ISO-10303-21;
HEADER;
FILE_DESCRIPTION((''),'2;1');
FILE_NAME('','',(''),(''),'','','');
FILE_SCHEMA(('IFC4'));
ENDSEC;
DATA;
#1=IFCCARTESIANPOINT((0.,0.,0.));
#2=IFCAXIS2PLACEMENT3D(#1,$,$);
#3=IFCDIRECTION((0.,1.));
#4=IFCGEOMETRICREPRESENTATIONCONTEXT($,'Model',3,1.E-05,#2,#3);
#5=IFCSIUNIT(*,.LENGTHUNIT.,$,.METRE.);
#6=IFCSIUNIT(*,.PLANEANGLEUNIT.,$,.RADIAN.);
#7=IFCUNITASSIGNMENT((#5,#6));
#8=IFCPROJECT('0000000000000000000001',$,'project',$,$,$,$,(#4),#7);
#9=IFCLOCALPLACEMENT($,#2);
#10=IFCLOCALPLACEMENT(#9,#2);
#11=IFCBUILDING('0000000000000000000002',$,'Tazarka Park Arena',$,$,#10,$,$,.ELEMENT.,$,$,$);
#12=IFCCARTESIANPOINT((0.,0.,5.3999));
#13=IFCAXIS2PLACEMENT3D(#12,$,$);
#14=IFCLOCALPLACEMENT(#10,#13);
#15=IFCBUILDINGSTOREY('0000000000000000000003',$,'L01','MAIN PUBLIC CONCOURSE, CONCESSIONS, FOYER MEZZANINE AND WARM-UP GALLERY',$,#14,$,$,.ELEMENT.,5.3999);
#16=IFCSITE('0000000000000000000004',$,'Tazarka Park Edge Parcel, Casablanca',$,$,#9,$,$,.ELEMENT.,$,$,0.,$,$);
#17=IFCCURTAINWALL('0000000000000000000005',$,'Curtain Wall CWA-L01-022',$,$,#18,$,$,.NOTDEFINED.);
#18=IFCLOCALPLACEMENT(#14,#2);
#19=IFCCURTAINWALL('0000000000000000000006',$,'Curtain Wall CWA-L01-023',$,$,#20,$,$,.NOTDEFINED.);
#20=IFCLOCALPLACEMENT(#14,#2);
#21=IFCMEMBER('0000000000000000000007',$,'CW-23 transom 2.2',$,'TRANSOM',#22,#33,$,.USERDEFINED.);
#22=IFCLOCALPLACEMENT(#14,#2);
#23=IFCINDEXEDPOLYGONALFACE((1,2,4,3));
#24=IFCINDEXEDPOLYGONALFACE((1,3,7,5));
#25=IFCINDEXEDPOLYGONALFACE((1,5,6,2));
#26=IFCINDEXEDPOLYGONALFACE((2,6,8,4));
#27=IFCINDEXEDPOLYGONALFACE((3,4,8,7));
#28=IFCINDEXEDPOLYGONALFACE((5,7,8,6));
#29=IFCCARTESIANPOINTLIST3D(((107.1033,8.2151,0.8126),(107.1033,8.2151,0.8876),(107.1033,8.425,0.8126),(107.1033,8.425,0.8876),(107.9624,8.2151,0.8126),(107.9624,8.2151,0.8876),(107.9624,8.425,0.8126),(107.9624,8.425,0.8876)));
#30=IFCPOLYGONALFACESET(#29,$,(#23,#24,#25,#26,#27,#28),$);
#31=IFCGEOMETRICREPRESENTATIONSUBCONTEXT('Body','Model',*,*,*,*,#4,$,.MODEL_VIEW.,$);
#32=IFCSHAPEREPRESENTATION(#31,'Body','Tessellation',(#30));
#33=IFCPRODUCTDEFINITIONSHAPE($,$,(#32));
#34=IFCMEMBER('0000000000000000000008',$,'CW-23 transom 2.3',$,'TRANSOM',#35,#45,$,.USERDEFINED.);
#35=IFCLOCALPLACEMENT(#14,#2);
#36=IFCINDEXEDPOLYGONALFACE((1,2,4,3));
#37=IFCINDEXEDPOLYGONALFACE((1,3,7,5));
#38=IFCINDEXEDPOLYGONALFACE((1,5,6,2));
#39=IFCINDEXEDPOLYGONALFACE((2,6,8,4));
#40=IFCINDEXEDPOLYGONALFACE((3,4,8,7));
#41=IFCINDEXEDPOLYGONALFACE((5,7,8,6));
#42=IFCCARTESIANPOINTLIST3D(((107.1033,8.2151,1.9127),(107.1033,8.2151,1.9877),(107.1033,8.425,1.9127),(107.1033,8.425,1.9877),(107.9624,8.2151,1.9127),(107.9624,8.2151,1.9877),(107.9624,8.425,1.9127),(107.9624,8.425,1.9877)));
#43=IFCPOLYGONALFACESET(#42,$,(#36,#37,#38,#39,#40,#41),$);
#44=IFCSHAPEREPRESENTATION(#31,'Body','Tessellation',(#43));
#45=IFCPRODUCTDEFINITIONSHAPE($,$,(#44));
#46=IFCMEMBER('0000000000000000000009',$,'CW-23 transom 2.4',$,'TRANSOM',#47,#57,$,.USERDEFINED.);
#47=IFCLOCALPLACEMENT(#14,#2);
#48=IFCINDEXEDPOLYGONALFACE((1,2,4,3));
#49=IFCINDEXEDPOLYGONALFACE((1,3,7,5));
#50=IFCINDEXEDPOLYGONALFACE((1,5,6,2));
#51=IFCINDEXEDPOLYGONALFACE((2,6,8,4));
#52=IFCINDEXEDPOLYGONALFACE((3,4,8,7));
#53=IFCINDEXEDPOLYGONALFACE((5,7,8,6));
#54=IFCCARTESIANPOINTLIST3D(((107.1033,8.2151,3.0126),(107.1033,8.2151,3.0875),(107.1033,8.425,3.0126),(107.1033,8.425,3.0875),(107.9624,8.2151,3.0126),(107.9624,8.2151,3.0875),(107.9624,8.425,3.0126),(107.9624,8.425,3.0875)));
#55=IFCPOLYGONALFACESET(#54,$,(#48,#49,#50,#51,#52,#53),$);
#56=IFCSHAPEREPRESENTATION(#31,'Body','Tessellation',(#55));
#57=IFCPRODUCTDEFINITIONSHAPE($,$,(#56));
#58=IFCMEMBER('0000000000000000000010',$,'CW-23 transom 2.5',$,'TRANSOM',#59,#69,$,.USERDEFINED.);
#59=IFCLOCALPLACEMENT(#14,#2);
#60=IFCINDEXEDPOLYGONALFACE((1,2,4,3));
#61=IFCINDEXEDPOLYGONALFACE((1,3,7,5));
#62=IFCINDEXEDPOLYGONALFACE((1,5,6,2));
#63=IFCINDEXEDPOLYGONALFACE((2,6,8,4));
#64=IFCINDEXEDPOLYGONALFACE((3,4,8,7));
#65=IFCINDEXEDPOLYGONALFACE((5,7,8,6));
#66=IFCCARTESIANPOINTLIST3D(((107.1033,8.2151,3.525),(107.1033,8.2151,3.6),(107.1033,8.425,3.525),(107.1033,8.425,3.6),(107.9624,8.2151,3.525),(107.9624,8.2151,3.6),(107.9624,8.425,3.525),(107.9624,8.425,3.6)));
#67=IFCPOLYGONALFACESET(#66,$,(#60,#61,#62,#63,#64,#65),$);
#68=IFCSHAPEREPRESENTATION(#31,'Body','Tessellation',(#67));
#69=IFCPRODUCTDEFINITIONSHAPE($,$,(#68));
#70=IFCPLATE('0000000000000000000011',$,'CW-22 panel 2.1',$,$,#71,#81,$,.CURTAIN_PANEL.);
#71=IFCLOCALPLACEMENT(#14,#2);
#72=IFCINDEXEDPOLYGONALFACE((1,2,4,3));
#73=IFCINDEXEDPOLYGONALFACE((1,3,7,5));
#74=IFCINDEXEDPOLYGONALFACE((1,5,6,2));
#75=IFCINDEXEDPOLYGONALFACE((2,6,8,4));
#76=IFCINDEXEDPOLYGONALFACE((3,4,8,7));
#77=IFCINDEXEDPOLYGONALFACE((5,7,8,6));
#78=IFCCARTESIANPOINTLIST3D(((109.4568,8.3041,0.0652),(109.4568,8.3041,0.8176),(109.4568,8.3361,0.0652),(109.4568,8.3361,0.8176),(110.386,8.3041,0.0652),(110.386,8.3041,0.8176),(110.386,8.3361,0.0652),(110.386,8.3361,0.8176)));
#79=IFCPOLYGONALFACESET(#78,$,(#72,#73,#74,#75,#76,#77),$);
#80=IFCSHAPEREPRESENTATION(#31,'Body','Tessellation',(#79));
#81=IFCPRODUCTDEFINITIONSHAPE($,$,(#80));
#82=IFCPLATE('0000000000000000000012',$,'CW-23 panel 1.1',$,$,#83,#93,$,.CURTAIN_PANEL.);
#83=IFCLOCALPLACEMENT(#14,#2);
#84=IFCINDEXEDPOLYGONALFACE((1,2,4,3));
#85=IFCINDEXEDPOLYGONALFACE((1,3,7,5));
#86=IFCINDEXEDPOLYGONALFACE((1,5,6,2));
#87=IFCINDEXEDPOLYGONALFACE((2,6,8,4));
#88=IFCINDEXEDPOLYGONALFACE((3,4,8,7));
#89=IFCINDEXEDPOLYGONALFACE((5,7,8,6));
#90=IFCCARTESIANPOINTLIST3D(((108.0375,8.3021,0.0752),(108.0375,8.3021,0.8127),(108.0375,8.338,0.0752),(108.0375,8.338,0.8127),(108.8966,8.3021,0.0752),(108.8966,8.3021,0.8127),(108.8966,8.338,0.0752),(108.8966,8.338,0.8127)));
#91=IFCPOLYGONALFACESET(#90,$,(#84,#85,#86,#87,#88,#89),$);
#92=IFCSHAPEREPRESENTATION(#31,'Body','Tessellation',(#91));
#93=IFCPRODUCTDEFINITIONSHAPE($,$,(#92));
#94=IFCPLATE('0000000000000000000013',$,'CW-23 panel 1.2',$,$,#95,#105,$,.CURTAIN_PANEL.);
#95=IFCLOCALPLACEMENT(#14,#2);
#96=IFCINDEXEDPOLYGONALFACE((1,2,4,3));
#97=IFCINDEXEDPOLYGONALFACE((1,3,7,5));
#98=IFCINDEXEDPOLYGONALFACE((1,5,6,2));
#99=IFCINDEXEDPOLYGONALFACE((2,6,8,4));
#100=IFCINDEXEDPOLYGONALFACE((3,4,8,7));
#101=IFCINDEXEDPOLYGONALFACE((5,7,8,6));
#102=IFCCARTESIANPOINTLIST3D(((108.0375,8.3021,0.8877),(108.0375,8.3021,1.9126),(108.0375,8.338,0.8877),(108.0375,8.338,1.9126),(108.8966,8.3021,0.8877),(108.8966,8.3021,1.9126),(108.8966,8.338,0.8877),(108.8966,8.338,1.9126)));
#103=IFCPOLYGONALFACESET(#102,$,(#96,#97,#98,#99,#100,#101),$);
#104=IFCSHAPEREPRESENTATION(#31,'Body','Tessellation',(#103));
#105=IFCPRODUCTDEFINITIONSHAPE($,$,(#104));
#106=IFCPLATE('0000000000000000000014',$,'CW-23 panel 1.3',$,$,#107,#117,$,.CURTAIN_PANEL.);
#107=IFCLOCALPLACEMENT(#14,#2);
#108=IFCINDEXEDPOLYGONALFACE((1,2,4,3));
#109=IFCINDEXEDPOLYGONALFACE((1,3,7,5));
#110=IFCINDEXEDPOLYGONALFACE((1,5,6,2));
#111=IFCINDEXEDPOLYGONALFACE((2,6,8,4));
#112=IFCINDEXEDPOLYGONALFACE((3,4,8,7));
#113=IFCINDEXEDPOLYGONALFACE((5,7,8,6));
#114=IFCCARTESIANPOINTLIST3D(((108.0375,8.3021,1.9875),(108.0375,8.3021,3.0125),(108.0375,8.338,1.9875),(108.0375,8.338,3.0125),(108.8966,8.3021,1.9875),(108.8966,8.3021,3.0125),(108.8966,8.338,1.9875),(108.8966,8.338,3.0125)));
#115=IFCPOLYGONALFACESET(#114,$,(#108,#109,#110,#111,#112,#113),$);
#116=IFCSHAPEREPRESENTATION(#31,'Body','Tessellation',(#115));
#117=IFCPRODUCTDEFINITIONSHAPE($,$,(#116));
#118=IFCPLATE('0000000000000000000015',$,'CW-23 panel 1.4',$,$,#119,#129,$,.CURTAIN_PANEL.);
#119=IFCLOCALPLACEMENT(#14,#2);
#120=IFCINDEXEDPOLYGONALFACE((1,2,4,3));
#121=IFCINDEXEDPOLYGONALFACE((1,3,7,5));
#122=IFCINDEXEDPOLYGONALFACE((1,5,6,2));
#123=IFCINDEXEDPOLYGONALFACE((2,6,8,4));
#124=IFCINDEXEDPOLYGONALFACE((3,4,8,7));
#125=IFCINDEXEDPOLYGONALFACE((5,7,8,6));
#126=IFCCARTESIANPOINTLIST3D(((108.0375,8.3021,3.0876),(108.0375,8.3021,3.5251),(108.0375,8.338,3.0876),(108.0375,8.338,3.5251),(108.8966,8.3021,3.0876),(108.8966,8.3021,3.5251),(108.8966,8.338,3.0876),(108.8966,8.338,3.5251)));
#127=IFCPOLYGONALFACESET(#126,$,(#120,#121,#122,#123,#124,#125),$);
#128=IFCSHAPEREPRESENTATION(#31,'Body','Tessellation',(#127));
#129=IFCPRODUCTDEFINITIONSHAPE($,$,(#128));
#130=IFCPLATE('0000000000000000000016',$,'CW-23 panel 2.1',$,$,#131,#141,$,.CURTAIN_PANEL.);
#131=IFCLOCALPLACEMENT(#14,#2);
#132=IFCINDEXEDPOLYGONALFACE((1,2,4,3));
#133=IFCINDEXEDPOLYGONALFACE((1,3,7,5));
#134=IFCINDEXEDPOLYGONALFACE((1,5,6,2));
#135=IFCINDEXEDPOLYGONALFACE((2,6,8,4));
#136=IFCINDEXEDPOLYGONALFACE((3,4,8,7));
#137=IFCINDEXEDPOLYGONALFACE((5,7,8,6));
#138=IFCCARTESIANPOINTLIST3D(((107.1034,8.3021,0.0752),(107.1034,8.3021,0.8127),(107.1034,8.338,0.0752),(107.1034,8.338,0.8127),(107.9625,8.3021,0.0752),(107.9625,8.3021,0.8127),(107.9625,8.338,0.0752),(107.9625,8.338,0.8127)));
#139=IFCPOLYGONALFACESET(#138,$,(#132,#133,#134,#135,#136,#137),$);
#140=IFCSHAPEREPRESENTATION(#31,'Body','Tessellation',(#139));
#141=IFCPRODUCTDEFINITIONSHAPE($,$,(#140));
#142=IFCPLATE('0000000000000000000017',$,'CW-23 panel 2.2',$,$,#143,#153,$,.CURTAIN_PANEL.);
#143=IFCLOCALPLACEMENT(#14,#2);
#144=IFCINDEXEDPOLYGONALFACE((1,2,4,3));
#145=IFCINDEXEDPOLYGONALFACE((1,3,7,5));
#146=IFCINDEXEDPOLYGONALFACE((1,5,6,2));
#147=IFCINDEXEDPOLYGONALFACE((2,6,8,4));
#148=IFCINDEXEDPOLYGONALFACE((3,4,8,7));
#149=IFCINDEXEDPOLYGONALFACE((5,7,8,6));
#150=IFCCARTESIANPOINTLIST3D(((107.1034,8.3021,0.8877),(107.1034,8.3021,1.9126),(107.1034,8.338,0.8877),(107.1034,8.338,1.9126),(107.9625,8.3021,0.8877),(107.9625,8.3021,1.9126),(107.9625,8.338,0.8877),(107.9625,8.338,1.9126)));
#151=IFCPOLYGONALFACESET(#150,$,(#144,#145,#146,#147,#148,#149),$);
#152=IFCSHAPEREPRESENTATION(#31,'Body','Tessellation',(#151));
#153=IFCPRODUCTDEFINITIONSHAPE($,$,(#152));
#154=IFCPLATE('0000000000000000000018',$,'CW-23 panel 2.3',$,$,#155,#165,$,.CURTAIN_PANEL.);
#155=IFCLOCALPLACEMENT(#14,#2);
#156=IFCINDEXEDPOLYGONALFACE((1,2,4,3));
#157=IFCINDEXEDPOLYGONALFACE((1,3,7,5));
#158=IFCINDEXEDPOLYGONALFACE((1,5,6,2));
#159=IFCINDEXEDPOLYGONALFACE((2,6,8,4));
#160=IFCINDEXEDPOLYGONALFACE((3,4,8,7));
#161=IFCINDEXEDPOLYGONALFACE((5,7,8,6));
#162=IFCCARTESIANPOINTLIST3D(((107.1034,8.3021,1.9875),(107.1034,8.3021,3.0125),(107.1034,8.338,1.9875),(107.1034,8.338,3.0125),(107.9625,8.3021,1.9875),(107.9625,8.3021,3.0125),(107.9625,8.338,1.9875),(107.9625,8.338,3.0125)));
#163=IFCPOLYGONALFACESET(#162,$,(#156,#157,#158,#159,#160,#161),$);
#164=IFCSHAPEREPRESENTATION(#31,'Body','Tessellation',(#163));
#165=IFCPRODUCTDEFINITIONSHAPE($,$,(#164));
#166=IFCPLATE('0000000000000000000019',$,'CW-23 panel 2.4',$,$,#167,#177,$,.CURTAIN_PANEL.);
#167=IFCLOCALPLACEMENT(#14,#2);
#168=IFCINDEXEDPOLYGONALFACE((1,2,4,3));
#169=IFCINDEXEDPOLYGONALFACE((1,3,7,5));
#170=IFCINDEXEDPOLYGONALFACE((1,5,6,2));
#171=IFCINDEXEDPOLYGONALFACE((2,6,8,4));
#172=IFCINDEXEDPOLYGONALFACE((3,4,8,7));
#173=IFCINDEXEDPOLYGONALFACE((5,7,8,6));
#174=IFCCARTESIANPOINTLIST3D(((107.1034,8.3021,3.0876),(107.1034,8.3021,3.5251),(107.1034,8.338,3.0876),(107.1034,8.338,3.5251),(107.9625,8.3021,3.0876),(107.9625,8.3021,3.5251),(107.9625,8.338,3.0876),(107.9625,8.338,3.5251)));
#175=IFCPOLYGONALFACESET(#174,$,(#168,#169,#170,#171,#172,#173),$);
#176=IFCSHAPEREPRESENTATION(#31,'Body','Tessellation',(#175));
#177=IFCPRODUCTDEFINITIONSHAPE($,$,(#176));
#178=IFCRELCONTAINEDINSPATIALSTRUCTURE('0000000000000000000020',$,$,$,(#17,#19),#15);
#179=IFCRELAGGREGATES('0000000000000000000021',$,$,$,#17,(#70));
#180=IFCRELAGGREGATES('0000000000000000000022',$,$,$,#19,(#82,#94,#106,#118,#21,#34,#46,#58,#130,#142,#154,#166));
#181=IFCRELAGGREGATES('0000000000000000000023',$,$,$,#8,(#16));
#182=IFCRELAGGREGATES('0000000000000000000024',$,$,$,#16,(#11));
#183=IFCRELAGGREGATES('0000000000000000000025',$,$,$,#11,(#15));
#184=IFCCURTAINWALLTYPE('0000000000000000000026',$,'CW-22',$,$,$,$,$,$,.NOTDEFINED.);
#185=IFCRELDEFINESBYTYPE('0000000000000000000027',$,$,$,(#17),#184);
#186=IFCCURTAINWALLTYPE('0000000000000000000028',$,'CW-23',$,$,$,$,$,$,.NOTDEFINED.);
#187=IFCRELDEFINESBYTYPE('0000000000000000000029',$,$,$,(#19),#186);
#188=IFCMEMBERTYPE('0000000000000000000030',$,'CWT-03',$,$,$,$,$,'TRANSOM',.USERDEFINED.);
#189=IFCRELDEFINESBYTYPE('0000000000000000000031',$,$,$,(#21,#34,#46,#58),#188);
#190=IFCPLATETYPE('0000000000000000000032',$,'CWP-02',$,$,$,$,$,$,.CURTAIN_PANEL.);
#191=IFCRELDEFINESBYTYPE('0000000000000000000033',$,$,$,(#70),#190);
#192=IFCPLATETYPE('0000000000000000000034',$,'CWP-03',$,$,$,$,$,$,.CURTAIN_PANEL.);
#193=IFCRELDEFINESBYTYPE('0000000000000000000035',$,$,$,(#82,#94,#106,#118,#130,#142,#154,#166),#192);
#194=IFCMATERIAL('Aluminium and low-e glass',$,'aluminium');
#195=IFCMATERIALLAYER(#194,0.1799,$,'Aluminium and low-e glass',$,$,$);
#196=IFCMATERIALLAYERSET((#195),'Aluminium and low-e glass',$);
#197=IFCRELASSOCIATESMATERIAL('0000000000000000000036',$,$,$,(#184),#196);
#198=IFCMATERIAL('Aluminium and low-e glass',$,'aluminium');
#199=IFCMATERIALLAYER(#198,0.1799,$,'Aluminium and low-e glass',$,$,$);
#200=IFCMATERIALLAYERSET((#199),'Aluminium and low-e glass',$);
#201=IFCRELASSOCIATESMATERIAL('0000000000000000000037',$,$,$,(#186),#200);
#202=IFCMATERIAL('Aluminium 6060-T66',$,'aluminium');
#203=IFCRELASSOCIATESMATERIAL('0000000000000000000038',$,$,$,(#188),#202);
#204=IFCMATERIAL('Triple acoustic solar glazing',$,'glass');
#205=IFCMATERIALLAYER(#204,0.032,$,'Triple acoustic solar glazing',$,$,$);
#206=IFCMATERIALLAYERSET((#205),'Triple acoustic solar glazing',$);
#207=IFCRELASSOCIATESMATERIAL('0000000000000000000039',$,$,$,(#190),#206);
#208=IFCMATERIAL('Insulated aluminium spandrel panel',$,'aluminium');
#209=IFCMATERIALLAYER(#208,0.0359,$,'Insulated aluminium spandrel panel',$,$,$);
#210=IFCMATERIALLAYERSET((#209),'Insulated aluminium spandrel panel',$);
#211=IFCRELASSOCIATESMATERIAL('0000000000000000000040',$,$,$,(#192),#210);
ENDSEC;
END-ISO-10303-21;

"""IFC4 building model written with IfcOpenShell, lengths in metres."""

from ifc_helpers import new_model, si_unit, direction, frame, origin, origin_2d, place, context, subcontext, project, spatial, rectangle, extrude, material, layer, layer_set, material_profile, profile_set, type_object, element, aggregate, save


model = new_model("IFC4")

# Units and contexts
model_context = context("Model", 3, precision=1e-05, world=origin(), true_north=direction((0.0, 1.0)))
body_context = subcontext(model_context, "Body", "Model", "MODEL_VIEW")
ifc_project = project(units=[si_unit("LENGTHUNIT", "METRE"), si_unit("PLANEANGLEUNIT", "RADIAN")], contexts=[model_context])

# Site, building, storey
site_placement = place(None, origin())
site = spatial("IfcSite", under=ifc_project, at=site_placement, Name="Tazarka Park Edge Parcel, Casablanca", CompositionType="ELEMENT", RefElevation=0.0)
building_placement = place(site_placement, origin())
building = spatial("IfcBuilding", under=site, at=building_placement, Name="Tazarka Park Arena", CompositionType="ELEMENT")
storey_placement = place(building_placement, frame((0.0, 0.0, 5.3999)))
storey = spatial("IfcBuildingStorey", under=building, at=storey_placement, Name="L01", Description="MAIN PUBLIC CONCOURSE, CONCESSIONS, FOYER MEZZANINE AND WARM-UP GALLERY", CompositionType="ELEMENT", Elevation=5.3999)

# Curtain wall
ifc_material_1 = material(Name="Aluminium and low-e glass", Category="aluminium")
ifc_layer_1 = layer(ifc_material_1, 0.1799, Name="Aluminium and low-e glass")
ifc_layer_set_1 = layer_set([ifc_layer_1], Name="Aluminium and low-e glass")
curtain_wall_type_1 = type_object("IfcCurtainWallType", Name="CW-22", PredefinedType="NOTDEFINED", material=ifc_layer_set_1)
curtain_wall_1_placement = place(storey_placement, origin())
curtain_wall_1 = element("IfcCurtainWall", 1, at=curtain_wall_1_placement, inside=storey, type_object=curtain_wall_type_1, Name="Curtain Wall CWA-L01-022", PredefinedType="NOTDEFINED")

# Curtain wall
ifc_material_2 = material(Name="Aluminium and low-e glass", Category="aluminium")
ifc_layer_2 = layer(ifc_material_2, 0.1799, Name="Aluminium and low-e glass")
ifc_layer_set_2 = layer_set([ifc_layer_2], Name="Aluminium and low-e glass")
curtain_wall_type_2 = type_object("IfcCurtainWallType", Name="CW-23", PredefinedType="NOTDEFINED", material=ifc_layer_set_2)
curtain_wall_2_placement = place(storey_placement, origin())
curtain_wall_2 = element("IfcCurtainWall", 2, at=curtain_wall_2_placement, inside=storey, type_object=curtain_wall_type_2, Name="Curtain Wall CWA-L01-023", PredefinedType="NOTDEFINED")

# Members
ifc_material_3 = material(Name="Aluminium 6060-T66", Category="aluminium")
ifc_material_profile_1 = material_profile(ifc_material_3, rectangle(XDim=0.21, YDim=0.075, at=origin_2d()), Name="Aluminium 6060-T66")
ifc_profile_set_1 = profile_set([ifc_material_profile_1], Name="Aluminium 6060-T66")
member_type_1 = type_object("IfcMemberType", Name="CWT-03", ElementType="TRANSOM", PredefinedType="USERDEFINED", material=ifc_profile_set_1)
member_1_placement = place(storey_placement, frame((107.9624, 8.3201, 0.8501), z_axis=(-1.0, 0.0, 0.0), x_axis=(0.0, -1.0, 0.0)))
member_1 = element("IfcMember", 3, at=member_1_placement, type_object=member_type_1, Name="CW-23 transom 2.2", ObjectType="TRANSOM", PredefinedType="USERDEFINED", context=body_context, shape_type="SweptSolid", body=[
    extrude(rectangle(XDim=0.21, YDim=0.075, at=origin_2d()), origin(), (0.0, 0.0, 1.0), 0.8591),
])
member_2_placement = place(storey_placement, frame((107.9624, 8.3201, 1.9502), z_axis=(-1.0, 0.0, 0.0), x_axis=(0.0, -1.0, 0.0)))
member_2 = element("IfcMember", 4, at=member_2_placement, type_object=member_type_1, Name="CW-23 transom 2.3", ObjectType="TRANSOM", PredefinedType="USERDEFINED", context=body_context, shape_type="SweptSolid", body=[
    extrude(rectangle(XDim=0.21, YDim=0.075, at=origin_2d()), origin(), (0.0, 0.0, 1.0), 0.8591),
])
member_3_placement = place(storey_placement, frame((107.9624, 8.3201, 3.05), z_axis=(-1.0, 0.0, 0.0), x_axis=(0.0, -1.0, 0.0)))
member_3 = element("IfcMember", 5, at=member_3_placement, type_object=member_type_1, Name="CW-23 transom 2.4", ObjectType="TRANSOM", PredefinedType="USERDEFINED", context=body_context, shape_type="SweptSolid", body=[
    extrude(rectangle(XDim=0.21, YDim=0.075, at=origin_2d()), origin(), (0.0, 0.0, 1.0), 0.8591),
])
member_4_placement = place(storey_placement, frame((107.9624, 8.3201, 3.5625), z_axis=(-1.0, 0.0, 0.0), x_axis=(0.0, -1.0, 0.0)))
member_4 = element("IfcMember", 6, at=member_4_placement, type_object=member_type_1, Name="CW-23 transom 2.5", ObjectType="TRANSOM", PredefinedType="USERDEFINED", context=body_context, shape_type="SweptSolid", body=[
    extrude(rectangle(XDim=0.21, YDim=0.075, at=origin_2d()), origin(), (0.0, 0.0, 1.0), 0.8591),
])

# Plates
ifc_material_4 = material(Name="Triple acoustic solar glazing", Category="glass")
ifc_layer_3 = layer(ifc_material_4, 0.032, Name="Triple acoustic solar glazing")
ifc_layer_set_3 = layer_set([ifc_layer_3], Name="Triple acoustic solar glazing")
plate_type_1 = type_object("IfcPlateType", Name="CWP-02", PredefinedType="CURTAIN_PANEL", material=ifc_layer_set_3)
plate_1_placement = place(storey_placement, frame((109.9214, 8.3201, 0.0652), z_axis=(0.0, 0.0, 1.0), x_axis=(-1.0, 0.0, 0.0)))
plate_1 = element("IfcPlate", 7, at=plate_1_placement, type_object=plate_type_1, Name="CW-22 panel 2.1", PredefinedType="CURTAIN_PANEL", context=body_context, shape_type="SweptSolid", body=[
    extrude(rectangle(XDim=0.9292, YDim=0.032, at=origin_2d()), origin(), (0.0, 0.0, 1.0), 0.7524),
])
aggregate(curtain_wall_1, [plate_1])
ifc_material_5 = material(Name="Insulated aluminium spandrel panel", Category="aluminium")
ifc_layer_4 = layer(ifc_material_5, 0.0359, Name="Insulated aluminium spandrel panel")
ifc_layer_set_4 = layer_set([ifc_layer_4], Name="Insulated aluminium spandrel panel")
plate_type_2 = type_object("IfcPlateType", Name="CWP-03", PredefinedType="CURTAIN_PANEL", material=ifc_layer_set_4)
plate_2_placement = place(storey_placement, frame((108.467, 8.3201, 0.0752), z_axis=(0.0, 0.0, 1.0), x_axis=(-1.0, 0.0, 0.0)))
plate_2 = element("IfcPlate", 8, at=plate_2_placement, type_object=plate_type_2, Name="CW-23 panel 1.1", PredefinedType="CURTAIN_PANEL", context=body_context, shape_type="SweptSolid", body=[
    extrude(rectangle(XDim=0.8591, YDim=0.0359, at=origin_2d()), origin(), (0.0, 0.0, 1.0), 0.7375),
])
plate_3_placement = place(storey_placement, frame((108.467, 8.3201, 0.8877), z_axis=(0.0, 0.0, 1.0), x_axis=(-1.0, 0.0, 0.0)))
plate_3 = element("IfcPlate", 9, at=plate_3_placement, type_object=plate_type_2, Name="CW-23 panel 1.2", PredefinedType="CURTAIN_PANEL", context=body_context, shape_type="SweptSolid", body=[
    extrude(rectangle(XDim=0.8591, YDim=0.0359, at=origin_2d()), origin(), (0.0, 0.0, 1.0), 1.0249),
])
plate_4_placement = place(storey_placement, frame((108.467, 8.3201, 1.9875), z_axis=(0.0, 0.0, 1.0), x_axis=(-1.0, 0.0, 0.0)))
plate_4 = element("IfcPlate", 10, at=plate_4_placement, type_object=plate_type_2, Name="CW-23 panel 1.3", PredefinedType="CURTAIN_PANEL", context=body_context, shape_type="SweptSolid", body=[
    extrude(rectangle(XDim=0.8591, YDim=0.0359, at=origin_2d()), origin(), (0.0, 0.0, 1.0), 1.0249),
])
plate_5_placement = place(storey_placement, frame((108.467, 8.3201, 3.0876), z_axis=(0.0, 0.0, 1.0), x_axis=(-1.0, 0.0, 0.0)))
plate_5 = element("IfcPlate", 11, at=plate_5_placement, type_object=plate_type_2, Name="CW-23 panel 1.4", PredefinedType="CURTAIN_PANEL", context=body_context, shape_type="SweptSolid", body=[
    extrude(rectangle(XDim=0.8591, YDim=0.0359, at=origin_2d()), origin(), (0.0, 0.0, 1.0), 0.4375),
])
plate_6_placement = place(storey_placement, frame((107.533, 8.3201, 0.0752), z_axis=(0.0, 0.0, 1.0), x_axis=(-1.0, 0.0, 0.0)))
plate_6 = element("IfcPlate", 12, at=plate_6_placement, type_object=plate_type_2, Name="CW-23 panel 2.1", PredefinedType="CURTAIN_PANEL", context=body_context, shape_type="SweptSolid", body=[
    extrude(rectangle(XDim=0.8591, YDim=0.0359, at=origin_2d()), origin(), (0.0, 0.0, 1.0), 0.7375),
])
plate_7_placement = place(storey_placement, frame((107.533, 8.3201, 0.8877), z_axis=(0.0, 0.0, 1.0), x_axis=(-1.0, 0.0, 0.0)))
plate_7 = element("IfcPlate", 13, at=plate_7_placement, type_object=plate_type_2, Name="CW-23 panel 2.2", PredefinedType="CURTAIN_PANEL", context=body_context, shape_type="SweptSolid", body=[
    extrude(rectangle(XDim=0.8591, YDim=0.0359, at=origin_2d()), origin(), (0.0, 0.0, 1.0), 1.0249),
])
plate_8_placement = place(storey_placement, frame((107.533, 8.3201, 1.9875), z_axis=(0.0, 0.0, 1.0), x_axis=(-1.0, 0.0, 0.0)))
plate_8 = element("IfcPlate", 14, at=plate_8_placement, type_object=plate_type_2, Name="CW-23 panel 2.3", PredefinedType="CURTAIN_PANEL", context=body_context, shape_type="SweptSolid", body=[
    extrude(rectangle(XDim=0.8591, YDim=0.0359, at=origin_2d()), origin(), (0.0, 0.0, 1.0), 1.0249),
])
plate_9_placement = place(storey_placement, frame((107.533, 8.3201, 3.0876), z_axis=(0.0, 0.0, 1.0), x_axis=(-1.0, 0.0, 0.0)))
plate_9 = element("IfcPlate", 15, at=plate_9_placement, type_object=plate_type_2, Name="CW-23 panel 2.4", PredefinedType="CURTAIN_PANEL", context=body_context, shape_type="SweptSolid", body=[
    extrude(rectangle(XDim=0.8591, YDim=0.0359, at=origin_2d()), origin(), (0.0, 0.0, 1.0), 0.4375),
])
aggregate(curtain_wall_2, [plate_2, plate_3, plate_4, plate_5, member_1, member_2, member_3, member_4, plate_6, plate_7, plate_8, plate_9])

save(model, "model.ifc")
